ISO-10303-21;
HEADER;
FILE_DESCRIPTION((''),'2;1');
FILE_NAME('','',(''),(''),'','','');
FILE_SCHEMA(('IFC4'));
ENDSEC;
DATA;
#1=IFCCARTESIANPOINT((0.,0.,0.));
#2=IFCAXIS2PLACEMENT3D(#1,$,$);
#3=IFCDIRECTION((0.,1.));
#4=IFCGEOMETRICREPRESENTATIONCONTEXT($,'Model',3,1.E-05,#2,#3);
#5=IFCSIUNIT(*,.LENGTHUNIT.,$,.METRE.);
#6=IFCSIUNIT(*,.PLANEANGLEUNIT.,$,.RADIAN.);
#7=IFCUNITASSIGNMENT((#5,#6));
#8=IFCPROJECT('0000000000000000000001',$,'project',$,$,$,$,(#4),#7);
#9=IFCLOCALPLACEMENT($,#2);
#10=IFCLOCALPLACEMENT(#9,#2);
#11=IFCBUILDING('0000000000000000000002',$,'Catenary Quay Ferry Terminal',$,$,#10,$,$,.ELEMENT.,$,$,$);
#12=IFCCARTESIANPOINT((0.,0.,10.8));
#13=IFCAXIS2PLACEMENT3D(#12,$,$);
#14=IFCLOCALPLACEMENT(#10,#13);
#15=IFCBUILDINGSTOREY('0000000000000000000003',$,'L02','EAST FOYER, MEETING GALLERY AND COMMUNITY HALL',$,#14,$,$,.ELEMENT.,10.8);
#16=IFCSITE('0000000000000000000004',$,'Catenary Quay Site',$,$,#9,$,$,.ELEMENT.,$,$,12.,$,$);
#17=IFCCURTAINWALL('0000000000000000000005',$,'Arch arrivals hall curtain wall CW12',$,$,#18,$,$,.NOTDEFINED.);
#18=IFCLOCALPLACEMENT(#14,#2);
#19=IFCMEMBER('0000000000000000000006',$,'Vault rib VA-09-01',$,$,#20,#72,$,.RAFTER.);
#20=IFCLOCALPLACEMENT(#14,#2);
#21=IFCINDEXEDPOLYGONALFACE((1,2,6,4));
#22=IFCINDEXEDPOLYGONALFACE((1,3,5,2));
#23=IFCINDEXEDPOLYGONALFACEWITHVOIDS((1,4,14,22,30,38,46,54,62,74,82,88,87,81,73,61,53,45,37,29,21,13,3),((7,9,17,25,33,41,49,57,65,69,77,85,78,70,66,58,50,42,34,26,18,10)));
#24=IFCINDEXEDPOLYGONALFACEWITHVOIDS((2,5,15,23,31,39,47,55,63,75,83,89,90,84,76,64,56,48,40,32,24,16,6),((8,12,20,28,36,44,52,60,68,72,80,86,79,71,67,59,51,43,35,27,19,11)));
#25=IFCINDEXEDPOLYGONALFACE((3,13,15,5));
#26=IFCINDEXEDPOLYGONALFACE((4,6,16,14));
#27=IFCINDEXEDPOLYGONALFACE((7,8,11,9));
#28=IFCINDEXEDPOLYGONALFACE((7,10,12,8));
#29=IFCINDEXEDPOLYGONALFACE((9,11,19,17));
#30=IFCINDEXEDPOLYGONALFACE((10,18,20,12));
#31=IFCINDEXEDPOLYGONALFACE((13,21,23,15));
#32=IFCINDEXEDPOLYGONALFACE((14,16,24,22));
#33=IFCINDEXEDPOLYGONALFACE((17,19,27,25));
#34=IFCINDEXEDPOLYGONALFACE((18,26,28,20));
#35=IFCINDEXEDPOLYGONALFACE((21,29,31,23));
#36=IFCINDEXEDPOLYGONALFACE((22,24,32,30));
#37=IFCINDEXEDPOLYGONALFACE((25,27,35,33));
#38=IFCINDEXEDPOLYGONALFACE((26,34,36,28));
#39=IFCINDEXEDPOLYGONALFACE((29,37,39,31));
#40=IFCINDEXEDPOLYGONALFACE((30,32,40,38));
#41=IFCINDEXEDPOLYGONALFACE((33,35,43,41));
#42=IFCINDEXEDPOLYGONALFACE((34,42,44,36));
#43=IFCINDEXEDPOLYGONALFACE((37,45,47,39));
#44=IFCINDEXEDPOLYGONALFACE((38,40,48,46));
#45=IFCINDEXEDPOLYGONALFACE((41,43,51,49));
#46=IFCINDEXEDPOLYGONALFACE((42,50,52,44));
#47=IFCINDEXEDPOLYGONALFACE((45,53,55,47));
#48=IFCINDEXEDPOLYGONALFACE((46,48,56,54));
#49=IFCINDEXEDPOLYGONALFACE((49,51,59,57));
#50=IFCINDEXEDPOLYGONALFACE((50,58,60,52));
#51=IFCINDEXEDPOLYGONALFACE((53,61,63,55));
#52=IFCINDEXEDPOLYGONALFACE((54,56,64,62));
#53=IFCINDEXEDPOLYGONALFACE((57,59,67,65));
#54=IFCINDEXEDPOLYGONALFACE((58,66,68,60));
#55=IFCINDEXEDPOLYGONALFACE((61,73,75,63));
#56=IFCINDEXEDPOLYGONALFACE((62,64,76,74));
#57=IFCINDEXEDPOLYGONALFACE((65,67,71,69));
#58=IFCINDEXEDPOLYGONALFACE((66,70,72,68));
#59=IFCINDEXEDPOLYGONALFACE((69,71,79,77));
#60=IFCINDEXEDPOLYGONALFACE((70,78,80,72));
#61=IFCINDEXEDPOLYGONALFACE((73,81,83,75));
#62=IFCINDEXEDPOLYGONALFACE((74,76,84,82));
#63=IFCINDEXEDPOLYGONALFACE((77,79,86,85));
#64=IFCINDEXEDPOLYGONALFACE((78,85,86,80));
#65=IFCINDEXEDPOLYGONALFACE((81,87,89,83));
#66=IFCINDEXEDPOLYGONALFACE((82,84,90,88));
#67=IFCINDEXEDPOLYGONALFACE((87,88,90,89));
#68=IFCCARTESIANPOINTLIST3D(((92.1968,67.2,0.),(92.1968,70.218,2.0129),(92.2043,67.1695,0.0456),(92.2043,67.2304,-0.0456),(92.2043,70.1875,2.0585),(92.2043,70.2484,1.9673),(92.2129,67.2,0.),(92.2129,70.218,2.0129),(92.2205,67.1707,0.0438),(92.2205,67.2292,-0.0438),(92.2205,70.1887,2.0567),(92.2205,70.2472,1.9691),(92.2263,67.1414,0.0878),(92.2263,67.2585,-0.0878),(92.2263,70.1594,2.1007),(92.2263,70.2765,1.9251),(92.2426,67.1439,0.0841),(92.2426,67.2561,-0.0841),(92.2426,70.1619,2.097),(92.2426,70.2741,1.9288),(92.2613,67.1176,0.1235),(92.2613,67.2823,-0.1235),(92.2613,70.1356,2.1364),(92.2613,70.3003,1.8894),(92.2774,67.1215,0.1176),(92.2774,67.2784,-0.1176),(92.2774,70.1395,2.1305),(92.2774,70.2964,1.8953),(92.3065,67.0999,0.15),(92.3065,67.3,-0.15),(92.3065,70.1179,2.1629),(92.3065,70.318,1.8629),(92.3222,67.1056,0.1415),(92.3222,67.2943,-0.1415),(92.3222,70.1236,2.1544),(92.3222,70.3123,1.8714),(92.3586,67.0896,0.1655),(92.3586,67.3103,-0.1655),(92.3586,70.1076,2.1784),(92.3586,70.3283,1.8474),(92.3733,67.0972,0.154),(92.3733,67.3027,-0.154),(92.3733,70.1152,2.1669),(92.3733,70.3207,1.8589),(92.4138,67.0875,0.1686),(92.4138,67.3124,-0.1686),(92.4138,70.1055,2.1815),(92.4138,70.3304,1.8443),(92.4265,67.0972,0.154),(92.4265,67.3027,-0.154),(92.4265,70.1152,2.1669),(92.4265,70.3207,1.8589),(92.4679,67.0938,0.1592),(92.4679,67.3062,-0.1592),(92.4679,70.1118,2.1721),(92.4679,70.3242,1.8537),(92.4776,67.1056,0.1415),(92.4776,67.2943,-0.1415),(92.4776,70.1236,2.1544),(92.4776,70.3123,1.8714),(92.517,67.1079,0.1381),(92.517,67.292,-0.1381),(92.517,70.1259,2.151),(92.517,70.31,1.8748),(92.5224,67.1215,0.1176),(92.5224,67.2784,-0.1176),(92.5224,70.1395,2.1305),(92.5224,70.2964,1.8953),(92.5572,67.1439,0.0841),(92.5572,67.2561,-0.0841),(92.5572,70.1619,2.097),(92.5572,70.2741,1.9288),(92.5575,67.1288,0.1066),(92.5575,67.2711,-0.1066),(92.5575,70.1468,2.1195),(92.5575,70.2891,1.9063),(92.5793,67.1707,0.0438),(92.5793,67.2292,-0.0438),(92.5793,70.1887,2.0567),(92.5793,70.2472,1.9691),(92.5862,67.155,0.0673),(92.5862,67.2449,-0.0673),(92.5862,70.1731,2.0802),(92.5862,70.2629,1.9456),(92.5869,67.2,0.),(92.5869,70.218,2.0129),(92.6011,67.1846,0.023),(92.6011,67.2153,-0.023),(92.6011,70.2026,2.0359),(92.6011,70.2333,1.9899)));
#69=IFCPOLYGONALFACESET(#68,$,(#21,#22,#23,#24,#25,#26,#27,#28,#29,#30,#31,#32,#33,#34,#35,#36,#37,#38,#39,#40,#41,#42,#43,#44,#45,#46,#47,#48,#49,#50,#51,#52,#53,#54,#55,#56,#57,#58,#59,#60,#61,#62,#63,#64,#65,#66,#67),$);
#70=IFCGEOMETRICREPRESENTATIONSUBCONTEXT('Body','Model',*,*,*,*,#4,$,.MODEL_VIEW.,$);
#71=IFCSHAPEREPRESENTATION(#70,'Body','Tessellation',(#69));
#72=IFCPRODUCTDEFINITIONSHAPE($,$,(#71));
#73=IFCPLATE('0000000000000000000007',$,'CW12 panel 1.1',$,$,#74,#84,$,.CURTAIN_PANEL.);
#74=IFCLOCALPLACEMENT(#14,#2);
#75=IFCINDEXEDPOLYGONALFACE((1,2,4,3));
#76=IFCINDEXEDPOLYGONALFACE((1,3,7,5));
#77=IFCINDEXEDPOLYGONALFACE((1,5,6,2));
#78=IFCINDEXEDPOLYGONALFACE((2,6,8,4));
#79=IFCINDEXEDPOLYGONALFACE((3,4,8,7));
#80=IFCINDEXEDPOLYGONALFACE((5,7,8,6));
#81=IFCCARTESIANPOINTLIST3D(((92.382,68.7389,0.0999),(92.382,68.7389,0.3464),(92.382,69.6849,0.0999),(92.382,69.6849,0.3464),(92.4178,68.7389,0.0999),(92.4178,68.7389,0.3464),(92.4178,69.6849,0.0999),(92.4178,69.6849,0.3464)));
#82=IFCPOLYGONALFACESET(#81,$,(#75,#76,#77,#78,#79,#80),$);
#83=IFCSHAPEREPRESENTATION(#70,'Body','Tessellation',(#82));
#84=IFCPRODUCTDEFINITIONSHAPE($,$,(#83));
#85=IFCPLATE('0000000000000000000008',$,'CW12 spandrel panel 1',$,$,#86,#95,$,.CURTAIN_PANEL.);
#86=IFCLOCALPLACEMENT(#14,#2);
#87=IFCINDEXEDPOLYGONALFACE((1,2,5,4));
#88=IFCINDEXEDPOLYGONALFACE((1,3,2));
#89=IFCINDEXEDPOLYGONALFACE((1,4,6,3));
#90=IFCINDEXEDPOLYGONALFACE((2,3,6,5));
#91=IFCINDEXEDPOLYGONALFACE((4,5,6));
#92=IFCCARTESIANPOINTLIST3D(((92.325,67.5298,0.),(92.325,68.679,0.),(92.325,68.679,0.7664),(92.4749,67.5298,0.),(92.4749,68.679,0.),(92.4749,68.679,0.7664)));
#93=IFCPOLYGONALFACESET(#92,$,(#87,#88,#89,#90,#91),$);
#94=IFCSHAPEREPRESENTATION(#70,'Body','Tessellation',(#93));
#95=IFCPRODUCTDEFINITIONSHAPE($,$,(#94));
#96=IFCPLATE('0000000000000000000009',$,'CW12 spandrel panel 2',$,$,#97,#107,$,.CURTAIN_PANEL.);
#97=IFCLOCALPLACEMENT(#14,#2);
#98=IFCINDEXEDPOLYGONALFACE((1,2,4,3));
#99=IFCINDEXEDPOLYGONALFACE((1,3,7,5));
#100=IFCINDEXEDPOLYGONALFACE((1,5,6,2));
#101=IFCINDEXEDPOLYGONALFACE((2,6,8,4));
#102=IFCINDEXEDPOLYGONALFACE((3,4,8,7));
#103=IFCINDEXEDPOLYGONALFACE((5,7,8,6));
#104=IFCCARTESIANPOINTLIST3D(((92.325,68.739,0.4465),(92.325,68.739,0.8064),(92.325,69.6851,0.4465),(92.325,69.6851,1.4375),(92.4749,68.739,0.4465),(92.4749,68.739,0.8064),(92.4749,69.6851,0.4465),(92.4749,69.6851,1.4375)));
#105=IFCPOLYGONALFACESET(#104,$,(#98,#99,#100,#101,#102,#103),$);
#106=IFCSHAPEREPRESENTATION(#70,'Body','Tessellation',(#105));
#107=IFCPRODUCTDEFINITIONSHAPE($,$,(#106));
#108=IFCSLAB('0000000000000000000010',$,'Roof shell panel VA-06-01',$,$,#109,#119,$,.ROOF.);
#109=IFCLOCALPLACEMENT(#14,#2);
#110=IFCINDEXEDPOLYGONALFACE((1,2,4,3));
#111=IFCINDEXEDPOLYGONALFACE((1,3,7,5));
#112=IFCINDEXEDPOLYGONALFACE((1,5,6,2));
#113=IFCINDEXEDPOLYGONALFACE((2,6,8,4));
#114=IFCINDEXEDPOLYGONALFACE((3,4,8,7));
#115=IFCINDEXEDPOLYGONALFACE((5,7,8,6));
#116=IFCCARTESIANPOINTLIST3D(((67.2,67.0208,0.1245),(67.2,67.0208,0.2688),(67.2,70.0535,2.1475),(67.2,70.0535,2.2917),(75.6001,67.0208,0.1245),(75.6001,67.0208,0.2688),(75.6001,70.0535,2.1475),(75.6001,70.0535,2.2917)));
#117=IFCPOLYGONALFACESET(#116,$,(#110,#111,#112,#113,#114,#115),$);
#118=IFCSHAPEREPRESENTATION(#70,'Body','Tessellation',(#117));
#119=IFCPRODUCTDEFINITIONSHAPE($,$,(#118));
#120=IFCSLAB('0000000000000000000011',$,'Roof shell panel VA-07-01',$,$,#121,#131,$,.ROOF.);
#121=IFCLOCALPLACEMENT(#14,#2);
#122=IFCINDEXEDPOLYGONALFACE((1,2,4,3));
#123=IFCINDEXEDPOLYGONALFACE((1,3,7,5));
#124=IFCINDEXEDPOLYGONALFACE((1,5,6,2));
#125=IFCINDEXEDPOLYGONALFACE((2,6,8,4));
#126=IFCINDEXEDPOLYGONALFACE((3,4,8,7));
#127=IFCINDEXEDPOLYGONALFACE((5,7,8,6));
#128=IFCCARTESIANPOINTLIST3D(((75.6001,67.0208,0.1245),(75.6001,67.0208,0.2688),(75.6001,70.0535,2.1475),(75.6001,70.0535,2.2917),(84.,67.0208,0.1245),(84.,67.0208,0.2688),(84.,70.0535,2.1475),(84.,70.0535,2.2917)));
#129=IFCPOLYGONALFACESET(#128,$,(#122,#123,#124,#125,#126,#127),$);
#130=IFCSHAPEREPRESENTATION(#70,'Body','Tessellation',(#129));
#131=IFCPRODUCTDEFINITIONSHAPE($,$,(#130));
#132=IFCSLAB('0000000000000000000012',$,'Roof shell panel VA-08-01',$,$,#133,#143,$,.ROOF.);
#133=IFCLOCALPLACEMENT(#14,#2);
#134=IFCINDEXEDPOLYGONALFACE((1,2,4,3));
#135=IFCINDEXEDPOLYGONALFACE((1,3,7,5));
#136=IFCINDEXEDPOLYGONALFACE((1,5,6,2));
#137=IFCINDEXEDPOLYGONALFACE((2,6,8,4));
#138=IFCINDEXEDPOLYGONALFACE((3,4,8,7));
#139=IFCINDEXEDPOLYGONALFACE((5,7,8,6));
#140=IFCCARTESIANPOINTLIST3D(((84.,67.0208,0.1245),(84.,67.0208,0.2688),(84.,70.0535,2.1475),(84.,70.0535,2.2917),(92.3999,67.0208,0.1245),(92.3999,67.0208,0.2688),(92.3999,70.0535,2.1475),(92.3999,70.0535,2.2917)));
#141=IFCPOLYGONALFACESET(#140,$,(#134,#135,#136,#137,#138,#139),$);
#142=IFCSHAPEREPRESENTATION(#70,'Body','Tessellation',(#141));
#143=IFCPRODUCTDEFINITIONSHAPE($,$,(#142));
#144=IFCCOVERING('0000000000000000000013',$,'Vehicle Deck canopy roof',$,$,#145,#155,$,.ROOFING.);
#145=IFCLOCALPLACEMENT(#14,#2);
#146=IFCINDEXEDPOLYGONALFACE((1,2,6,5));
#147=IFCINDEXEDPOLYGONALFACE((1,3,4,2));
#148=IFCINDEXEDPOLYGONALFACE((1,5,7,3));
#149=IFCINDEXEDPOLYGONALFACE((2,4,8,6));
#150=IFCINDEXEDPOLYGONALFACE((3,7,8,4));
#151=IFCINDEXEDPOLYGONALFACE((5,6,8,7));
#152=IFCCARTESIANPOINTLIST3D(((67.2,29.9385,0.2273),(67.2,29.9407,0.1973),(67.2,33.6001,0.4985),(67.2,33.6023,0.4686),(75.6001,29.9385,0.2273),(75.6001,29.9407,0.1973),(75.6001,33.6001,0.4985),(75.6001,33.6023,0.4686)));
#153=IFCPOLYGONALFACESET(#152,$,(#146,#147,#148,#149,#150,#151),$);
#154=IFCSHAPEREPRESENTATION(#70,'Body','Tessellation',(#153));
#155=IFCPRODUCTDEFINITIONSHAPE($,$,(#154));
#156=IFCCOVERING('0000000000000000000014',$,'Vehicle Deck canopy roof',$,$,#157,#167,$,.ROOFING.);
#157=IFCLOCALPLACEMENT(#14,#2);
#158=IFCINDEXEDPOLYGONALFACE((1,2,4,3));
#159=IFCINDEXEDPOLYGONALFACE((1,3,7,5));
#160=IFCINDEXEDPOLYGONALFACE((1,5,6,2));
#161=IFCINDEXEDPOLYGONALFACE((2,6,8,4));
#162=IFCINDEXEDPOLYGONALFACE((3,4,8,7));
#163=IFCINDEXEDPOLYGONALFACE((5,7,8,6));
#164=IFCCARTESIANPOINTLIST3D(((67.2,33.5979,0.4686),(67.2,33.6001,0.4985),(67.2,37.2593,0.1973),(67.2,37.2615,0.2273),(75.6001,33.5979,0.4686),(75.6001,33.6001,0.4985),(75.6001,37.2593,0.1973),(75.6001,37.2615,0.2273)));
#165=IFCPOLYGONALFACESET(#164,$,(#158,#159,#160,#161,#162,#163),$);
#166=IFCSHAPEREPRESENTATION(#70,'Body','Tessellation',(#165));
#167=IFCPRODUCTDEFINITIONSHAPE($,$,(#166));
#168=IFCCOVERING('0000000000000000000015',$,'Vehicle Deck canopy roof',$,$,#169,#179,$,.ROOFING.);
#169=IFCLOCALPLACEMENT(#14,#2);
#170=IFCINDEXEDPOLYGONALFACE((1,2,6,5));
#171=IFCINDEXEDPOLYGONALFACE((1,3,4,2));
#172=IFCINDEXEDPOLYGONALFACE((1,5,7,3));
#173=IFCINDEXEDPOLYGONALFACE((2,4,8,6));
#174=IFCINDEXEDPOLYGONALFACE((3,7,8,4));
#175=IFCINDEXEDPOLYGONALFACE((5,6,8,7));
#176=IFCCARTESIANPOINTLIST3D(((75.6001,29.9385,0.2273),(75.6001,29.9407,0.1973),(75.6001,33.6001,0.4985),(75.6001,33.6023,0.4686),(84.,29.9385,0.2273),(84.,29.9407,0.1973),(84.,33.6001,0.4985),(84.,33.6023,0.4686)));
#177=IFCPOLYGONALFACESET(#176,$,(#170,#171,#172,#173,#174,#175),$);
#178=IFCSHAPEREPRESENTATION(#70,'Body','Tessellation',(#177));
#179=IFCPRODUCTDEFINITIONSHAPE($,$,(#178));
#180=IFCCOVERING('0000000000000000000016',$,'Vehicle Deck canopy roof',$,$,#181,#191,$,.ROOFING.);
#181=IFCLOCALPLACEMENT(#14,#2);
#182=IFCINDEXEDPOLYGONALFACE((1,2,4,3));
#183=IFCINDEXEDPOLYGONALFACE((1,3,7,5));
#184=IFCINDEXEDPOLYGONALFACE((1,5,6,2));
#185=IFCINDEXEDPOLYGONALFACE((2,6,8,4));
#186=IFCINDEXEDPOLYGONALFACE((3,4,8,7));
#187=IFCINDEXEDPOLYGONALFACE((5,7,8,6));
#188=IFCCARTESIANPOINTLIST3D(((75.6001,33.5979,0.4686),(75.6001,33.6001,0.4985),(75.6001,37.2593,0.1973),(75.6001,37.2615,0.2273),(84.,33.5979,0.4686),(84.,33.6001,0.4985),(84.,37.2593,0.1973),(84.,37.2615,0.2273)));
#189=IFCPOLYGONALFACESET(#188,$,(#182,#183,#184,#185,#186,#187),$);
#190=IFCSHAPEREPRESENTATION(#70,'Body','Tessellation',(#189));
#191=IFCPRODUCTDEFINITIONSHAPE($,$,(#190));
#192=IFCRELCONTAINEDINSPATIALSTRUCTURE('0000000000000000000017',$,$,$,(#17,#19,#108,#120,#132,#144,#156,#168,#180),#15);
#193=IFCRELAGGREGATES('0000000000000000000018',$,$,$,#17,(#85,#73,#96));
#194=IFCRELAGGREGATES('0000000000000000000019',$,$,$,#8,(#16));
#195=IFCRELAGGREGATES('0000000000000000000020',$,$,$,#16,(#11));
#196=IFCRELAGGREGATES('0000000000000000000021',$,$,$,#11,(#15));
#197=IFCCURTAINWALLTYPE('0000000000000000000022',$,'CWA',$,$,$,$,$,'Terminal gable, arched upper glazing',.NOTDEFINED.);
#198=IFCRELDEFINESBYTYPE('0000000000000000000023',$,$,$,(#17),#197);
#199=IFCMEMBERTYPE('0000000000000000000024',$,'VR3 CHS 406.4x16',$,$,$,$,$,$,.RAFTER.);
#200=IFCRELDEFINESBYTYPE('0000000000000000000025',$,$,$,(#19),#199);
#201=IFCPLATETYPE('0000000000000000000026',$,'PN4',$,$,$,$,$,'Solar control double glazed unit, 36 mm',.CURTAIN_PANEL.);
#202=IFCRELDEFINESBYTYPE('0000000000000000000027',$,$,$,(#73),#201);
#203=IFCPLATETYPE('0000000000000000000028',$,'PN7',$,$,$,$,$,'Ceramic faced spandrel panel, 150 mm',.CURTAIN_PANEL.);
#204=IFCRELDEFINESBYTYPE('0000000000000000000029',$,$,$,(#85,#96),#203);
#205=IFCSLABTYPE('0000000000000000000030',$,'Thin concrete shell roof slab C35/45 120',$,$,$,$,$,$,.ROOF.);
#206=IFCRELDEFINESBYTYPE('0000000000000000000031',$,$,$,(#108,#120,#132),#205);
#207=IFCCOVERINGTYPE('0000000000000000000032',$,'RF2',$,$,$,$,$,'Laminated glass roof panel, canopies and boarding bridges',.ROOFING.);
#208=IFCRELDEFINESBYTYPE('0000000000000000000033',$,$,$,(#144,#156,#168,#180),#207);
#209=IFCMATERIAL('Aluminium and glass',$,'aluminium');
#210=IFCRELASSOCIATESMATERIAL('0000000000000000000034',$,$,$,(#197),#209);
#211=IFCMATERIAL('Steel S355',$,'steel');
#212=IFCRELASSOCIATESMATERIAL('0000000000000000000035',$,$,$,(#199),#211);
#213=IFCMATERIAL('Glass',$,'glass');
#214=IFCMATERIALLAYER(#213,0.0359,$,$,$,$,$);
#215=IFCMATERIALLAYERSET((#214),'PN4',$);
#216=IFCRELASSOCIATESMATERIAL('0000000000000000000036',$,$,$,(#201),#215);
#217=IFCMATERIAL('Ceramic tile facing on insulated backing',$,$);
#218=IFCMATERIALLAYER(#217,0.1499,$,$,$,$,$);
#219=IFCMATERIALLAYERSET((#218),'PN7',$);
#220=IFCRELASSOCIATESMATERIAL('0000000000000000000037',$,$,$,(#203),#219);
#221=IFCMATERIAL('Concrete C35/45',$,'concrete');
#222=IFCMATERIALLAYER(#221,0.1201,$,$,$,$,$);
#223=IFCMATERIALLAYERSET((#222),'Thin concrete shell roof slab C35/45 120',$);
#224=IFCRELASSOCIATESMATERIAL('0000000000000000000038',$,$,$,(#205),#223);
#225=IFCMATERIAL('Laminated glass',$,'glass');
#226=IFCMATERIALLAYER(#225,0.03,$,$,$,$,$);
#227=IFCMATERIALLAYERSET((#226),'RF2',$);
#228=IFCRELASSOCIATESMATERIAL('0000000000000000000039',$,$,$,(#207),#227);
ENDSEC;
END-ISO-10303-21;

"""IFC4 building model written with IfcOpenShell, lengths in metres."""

from ifc_helpers import new_model, si_unit, direction, frame, origin, origin_2d, place, context, subcontext, project, spatial, polyline, rectangle, hollow_circle, outline, extrude, material, layer, layer_set, material_profile, profile_set, type_object, element, aggregate, save


model = new_model("IFC4")

# Units and contexts
model_context = context("Model", 3, precision=1e-05, world=origin(), true_north=direction((0.0, 1.0)))
body_context = subcontext(model_context, "Body", "Model", "MODEL_VIEW")
ifc_project = project(units=[si_unit("LENGTHUNIT", "METRE"), si_unit("PLANEANGLEUNIT", "RADIAN")], contexts=[model_context])

# Site, building, storey
site_placement = place(None, origin())
site = spatial("IfcSite", under=ifc_project, at=site_placement, Name="Catenary Quay Site", CompositionType="ELEMENT", RefElevation=12.0)
building_placement = place(site_placement, origin())
building = spatial("IfcBuilding", under=site, at=building_placement, Name="Catenary Quay Ferry Terminal", CompositionType="ELEMENT")
storey_placement = place(building_placement, frame((0.0, 0.0, 10.8)))
storey = spatial("IfcBuildingStorey", under=building, at=storey_placement, Name="L02", Description="EAST FOYER, MEETING GALLERY AND COMMUNITY HALL", CompositionType="ELEMENT", Elevation=10.8)

# Curtain wall
ifc_material_1 = material(Name="Aluminium and glass", Category="aluminium")
curtain_wall_type = type_object("IfcCurtainWallType", Name="CWA", ElementType="Terminal gable, arched upper glazing", PredefinedType="NOTDEFINED", material=ifc_material_1)
curtain_wall_placement = place(storey_placement, origin())
curtain_wall = element("IfcCurtainWall", 1, at=curtain_wall_placement, inside=storey, type_object=curtain_wall_type, Name="Arch arrivals hall curtain wall CW12", PredefinedType="NOTDEFINED")

# Member
ifc_material_2 = material(Name="Steel S355", Category="steel")
ifc_material_profile_1 = material_profile(ifc_material_2, hollow_circle(Radius=0.2031, WallThickness=0.0161, at=origin_2d()), Name="CHS 406.4x16")
ifc_profile_set_1 = profile_set([ifc_material_profile_1], Name="Steel S355")
member_type_1 = type_object("IfcMemberType", Name="VR3 CHS 406.4x16", PredefinedType="RAFTER", material=ifc_profile_set_1)
for number, where, z_axis, x_axis, name in (
    (2, (92.3999, 67.2, 0.0), (0.0, 0.831936, 0.554871), (-1.0, 0.0, 0.0), "Vault rib VA-09-01"),
):
    element("IfcMember", number, at=place(storey_placement, frame(where, z_axis=z_axis, x_axis=x_axis)), inside=storey, type_object=member_type_1, Name=name, PredefinedType="RAFTER", context=body_context, shape_type="SweptSolid", body=[
        extrude(hollow_circle(Radius=0.2031, WallThickness=0.0161, at=origin_2d()), origin(), (0.0, 0.0, 1.0), 3.6277),
    ])

# Plates
ifc_material_3 = material(Name="Glass", Category="glass")
ifc_layer_1 = layer(ifc_material_3, 0.0359)
ifc_layer_set_1 = layer_set([ifc_layer_1], Name="PN4")
plate_type_1 = type_object("IfcPlateType", Name="PN4", ElementType="Solar control double glazed unit, 36 mm", PredefinedType="CURTAIN_PANEL", material=ifc_layer_set_1)
plate_1_placement = place(storey_placement, frame((92.3999, 69.2119, 0.0999), z_axis=(0.0, 0.0, 1.0), x_axis=(0.0, 1.0, 0.0)))
plate_1 = element("IfcPlate", 3, at=plate_1_placement, type_object=plate_type_1, Name="CW12 panel 1.1", PredefinedType="CURTAIN_PANEL", context=body_context, shape_type="SweptSolid", body=[
    extrude(rectangle(XDim=0.946, YDim=0.0359, at=origin_2d()), origin(), (0.0, 0.0, 1.0), 0.2466),
])
ifc_material_4 = material(Name="Ceramic tile facing on insulated backing")
ifc_layer_2 = layer(ifc_material_4, 0.1499)
ifc_layer_set_2 = layer_set([ifc_layer_2], Name="PN7")
plate_type_2 = type_object("IfcPlateType", Name="PN7", ElementType="Ceramic faced spandrel panel, 150 mm", PredefinedType="CURTAIN_PANEL", material=ifc_layer_set_2)
plate_2_placement = place(storey_placement, frame((92.3999, 67.5298, 0.0), z_axis=(0.0, 0.0, 1.0), x_axis=(0.0, 1.0, 0.0)))
plate_2 = element("IfcPlate", 4, at=plate_2_placement, type_object=plate_type_2, Name="CW12 spandrel panel 1", PredefinedType="CURTAIN_PANEL", context=body_context, shape_type="SweptSolid", body=[
    extrude(outline(polyline([(0.0, 0.0), (1.1492, 0.0), (1.1492, 0.7664), (0.0, 0.0)])), frame((0.0, 0.075, 0.0), z_axis=(0.0, -1.0, 0.0), x_axis=(1.0, 0.0, 0.0)), (0.0, 0.0, 1.0), 0.1499),
])
plate_3_placement = place(storey_placement, frame((92.3999, 68.739, 0.4465), z_axis=(0.0, 0.0, 1.0), x_axis=(0.0, 1.0, 0.0)))
plate_3 = element("IfcPlate", 5, at=plate_3_placement, type_object=plate_type_2, Name="CW12 spandrel panel 2", PredefinedType="CURTAIN_PANEL", context=body_context, shape_type="SweptSolid", body=[
    extrude(outline(polyline([(0.0, 0.0), (0.946, 0.0), (0.946, 0.991), (0.0, 0.3599), (0.0, 0.0)])), frame((0.0, 0.075, 0.0), z_axis=(0.0, -1.0, 0.0), x_axis=(1.0, 0.0, 0.0)), (0.0, 0.0, 1.0), 0.1499),
])
aggregate(curtain_wall, [plate_2, plate_1, plate_3])

# Slabs
ifc_material_5 = material(Name="Concrete C35/45", Category="concrete")
ifc_layer_3 = layer(ifc_material_5, 0.1201)
ifc_layer_set_3 = layer_set([ifc_layer_3], Name="Thin concrete shell roof slab C35/45 120")
slab_type = type_object("IfcSlabType", Name="Thin concrete shell roof slab C35/45 120", PredefinedType="ROOF", material=ifc_layer_set_3)
slab_placement = place(storey_placement, frame((67.2, 67.0208, 0.2688), z_axis=(0.0, -0.554917, 0.831906), x_axis=(1.0, 0.0, 0.0)))
element("IfcSlab", 6, at=slab_placement, inside=storey, type_object=slab_type, Name="Roof shell panel VA-06-01", PredefinedType="ROOF", context=body_context, shape_type="SweptSolid", body=[
    extrude(outline(polyline([(0.0, 0.0), (8.4001, 0.0), (8.4001, 3.6455), (0.0, 3.6455), (0.0, 0.0)])), origin(), (0.0, -0.554917, -0.831906), 0.1443),
])
for number, where, z_axis, x_axis, name in (
    (7, (75.6001, 67.0208, 0.2688), (0.0, -0.554917, 0.831906), (1.0, 0.0, 0.0), "Roof shell panel VA-07-01"),
    (8, (84.0, 67.0208, 0.2688), (0.0, -0.554917, 0.831906), (1.0, 0.0, 0.0), "Roof shell panel VA-08-01"),
):
    element("IfcSlab", number, at=place(storey_placement, frame(where, z_axis=z_axis, x_axis=x_axis)), inside=storey, type_object=slab_type, Name=name, PredefinedType="ROOF", context=body_context, shape_type="SweptSolid", body=[
        extrude(outline(polyline([(0.0, 0.0), (8.3999, 0.0), (8.3999, 3.6455), (0.0, 3.6455), (0.0, 0.0)])), origin(), (0.0, -0.554917, -0.831906), 0.1443),
    ])

# Coverings
ifc_material_6 = material(Name="Laminated glass", Category="glass")
ifc_layer_4 = layer(ifc_material_6, 0.03)
ifc_layer_set_4 = layer_set([ifc_layer_4], Name="RF2")
covering_type = type_object("IfcCoveringType", Name="RF2", ElementType="Laminated glass roof panel, canopies and boarding bridges", PredefinedType="ROOFING", material=ifc_layer_set_4)
covering_1_placement = place(storey_placement, frame((67.2, 29.9385, 0.2273), z_axis=(0.0, -0.073874, 0.997268), x_axis=(1.0, 0.0, 0.0)))
element("IfcCovering", 9, at=covering_1_placement, inside=storey, type_object=covering_type, Name="Vehicle Deck canopy roof", PredefinedType="ROOFING", context=body_context, shape_type="SweptSolid", body=[
    extrude(outline(polyline([(0.0, 0.0), (8.4001, 0.0), (8.4001, 3.6717), (0.0, 3.6717), (0.0, 0.0)])), origin(), (0.0, 0.0, -1.0), 0.03),
])
covering_2_placement = place(storey_placement, frame((67.2, 33.6001, 0.4985), z_axis=(0.0, 0.073879, 0.997267), x_axis=(1.0, 0.0, 0.0)))
element("IfcCovering", 10, at=covering_2_placement, inside=storey, type_object=covering_type, Name="Vehicle Deck canopy roof", PredefinedType="ROOFING", context=body_context, shape_type="SweptSolid", body=[
    extrude(outline(polyline([(0.0, 0.0), (8.4001, 0.0), (8.4001, 3.6714), (0.0, 3.6714), (0.0, 0.0)])), origin(), (0.0, 0.0, -1.0), 0.03),
])
covering_3_placement = place(storey_placement, frame((75.6001, 29.9385, 0.2273), z_axis=(0.0, -0.073874, 0.997268), x_axis=(1.0, 0.0, 0.0)))
element("IfcCovering", 11, at=covering_3_placement, inside=storey, type_object=covering_type, Name="Vehicle Deck canopy roof", PredefinedType="ROOFING", context=body_context, shape_type="SweptSolid", body=[
    extrude(outline(polyline([(0.0, 0.0), (8.3999, 0.0), (8.3999, 3.6717), (0.0, 3.6717), (0.0, 0.0)])), origin(), (0.0, 0.0, -1.0), 0.03),
])
covering_4_placement = place(storey_placement, frame((75.6001, 33.6001, 0.4985), z_axis=(0.0, 0.073879, 0.997267), x_axis=(1.0, 0.0, 0.0)))
element("IfcCovering", 12, at=covering_4_placement, inside=storey, type_object=covering_type, Name="Vehicle Deck canopy roof", PredefinedType="ROOFING", context=body_context, shape_type="SweptSolid", body=[
    extrude(outline(polyline([(0.0, 0.0), (8.3999, 0.0), (8.3999, 3.6714), (0.0, 3.6714), (0.0, 0.0)])), origin(), (0.0, 0.0, -1.0), 0.03),
])

save(model, "model.ifc")
